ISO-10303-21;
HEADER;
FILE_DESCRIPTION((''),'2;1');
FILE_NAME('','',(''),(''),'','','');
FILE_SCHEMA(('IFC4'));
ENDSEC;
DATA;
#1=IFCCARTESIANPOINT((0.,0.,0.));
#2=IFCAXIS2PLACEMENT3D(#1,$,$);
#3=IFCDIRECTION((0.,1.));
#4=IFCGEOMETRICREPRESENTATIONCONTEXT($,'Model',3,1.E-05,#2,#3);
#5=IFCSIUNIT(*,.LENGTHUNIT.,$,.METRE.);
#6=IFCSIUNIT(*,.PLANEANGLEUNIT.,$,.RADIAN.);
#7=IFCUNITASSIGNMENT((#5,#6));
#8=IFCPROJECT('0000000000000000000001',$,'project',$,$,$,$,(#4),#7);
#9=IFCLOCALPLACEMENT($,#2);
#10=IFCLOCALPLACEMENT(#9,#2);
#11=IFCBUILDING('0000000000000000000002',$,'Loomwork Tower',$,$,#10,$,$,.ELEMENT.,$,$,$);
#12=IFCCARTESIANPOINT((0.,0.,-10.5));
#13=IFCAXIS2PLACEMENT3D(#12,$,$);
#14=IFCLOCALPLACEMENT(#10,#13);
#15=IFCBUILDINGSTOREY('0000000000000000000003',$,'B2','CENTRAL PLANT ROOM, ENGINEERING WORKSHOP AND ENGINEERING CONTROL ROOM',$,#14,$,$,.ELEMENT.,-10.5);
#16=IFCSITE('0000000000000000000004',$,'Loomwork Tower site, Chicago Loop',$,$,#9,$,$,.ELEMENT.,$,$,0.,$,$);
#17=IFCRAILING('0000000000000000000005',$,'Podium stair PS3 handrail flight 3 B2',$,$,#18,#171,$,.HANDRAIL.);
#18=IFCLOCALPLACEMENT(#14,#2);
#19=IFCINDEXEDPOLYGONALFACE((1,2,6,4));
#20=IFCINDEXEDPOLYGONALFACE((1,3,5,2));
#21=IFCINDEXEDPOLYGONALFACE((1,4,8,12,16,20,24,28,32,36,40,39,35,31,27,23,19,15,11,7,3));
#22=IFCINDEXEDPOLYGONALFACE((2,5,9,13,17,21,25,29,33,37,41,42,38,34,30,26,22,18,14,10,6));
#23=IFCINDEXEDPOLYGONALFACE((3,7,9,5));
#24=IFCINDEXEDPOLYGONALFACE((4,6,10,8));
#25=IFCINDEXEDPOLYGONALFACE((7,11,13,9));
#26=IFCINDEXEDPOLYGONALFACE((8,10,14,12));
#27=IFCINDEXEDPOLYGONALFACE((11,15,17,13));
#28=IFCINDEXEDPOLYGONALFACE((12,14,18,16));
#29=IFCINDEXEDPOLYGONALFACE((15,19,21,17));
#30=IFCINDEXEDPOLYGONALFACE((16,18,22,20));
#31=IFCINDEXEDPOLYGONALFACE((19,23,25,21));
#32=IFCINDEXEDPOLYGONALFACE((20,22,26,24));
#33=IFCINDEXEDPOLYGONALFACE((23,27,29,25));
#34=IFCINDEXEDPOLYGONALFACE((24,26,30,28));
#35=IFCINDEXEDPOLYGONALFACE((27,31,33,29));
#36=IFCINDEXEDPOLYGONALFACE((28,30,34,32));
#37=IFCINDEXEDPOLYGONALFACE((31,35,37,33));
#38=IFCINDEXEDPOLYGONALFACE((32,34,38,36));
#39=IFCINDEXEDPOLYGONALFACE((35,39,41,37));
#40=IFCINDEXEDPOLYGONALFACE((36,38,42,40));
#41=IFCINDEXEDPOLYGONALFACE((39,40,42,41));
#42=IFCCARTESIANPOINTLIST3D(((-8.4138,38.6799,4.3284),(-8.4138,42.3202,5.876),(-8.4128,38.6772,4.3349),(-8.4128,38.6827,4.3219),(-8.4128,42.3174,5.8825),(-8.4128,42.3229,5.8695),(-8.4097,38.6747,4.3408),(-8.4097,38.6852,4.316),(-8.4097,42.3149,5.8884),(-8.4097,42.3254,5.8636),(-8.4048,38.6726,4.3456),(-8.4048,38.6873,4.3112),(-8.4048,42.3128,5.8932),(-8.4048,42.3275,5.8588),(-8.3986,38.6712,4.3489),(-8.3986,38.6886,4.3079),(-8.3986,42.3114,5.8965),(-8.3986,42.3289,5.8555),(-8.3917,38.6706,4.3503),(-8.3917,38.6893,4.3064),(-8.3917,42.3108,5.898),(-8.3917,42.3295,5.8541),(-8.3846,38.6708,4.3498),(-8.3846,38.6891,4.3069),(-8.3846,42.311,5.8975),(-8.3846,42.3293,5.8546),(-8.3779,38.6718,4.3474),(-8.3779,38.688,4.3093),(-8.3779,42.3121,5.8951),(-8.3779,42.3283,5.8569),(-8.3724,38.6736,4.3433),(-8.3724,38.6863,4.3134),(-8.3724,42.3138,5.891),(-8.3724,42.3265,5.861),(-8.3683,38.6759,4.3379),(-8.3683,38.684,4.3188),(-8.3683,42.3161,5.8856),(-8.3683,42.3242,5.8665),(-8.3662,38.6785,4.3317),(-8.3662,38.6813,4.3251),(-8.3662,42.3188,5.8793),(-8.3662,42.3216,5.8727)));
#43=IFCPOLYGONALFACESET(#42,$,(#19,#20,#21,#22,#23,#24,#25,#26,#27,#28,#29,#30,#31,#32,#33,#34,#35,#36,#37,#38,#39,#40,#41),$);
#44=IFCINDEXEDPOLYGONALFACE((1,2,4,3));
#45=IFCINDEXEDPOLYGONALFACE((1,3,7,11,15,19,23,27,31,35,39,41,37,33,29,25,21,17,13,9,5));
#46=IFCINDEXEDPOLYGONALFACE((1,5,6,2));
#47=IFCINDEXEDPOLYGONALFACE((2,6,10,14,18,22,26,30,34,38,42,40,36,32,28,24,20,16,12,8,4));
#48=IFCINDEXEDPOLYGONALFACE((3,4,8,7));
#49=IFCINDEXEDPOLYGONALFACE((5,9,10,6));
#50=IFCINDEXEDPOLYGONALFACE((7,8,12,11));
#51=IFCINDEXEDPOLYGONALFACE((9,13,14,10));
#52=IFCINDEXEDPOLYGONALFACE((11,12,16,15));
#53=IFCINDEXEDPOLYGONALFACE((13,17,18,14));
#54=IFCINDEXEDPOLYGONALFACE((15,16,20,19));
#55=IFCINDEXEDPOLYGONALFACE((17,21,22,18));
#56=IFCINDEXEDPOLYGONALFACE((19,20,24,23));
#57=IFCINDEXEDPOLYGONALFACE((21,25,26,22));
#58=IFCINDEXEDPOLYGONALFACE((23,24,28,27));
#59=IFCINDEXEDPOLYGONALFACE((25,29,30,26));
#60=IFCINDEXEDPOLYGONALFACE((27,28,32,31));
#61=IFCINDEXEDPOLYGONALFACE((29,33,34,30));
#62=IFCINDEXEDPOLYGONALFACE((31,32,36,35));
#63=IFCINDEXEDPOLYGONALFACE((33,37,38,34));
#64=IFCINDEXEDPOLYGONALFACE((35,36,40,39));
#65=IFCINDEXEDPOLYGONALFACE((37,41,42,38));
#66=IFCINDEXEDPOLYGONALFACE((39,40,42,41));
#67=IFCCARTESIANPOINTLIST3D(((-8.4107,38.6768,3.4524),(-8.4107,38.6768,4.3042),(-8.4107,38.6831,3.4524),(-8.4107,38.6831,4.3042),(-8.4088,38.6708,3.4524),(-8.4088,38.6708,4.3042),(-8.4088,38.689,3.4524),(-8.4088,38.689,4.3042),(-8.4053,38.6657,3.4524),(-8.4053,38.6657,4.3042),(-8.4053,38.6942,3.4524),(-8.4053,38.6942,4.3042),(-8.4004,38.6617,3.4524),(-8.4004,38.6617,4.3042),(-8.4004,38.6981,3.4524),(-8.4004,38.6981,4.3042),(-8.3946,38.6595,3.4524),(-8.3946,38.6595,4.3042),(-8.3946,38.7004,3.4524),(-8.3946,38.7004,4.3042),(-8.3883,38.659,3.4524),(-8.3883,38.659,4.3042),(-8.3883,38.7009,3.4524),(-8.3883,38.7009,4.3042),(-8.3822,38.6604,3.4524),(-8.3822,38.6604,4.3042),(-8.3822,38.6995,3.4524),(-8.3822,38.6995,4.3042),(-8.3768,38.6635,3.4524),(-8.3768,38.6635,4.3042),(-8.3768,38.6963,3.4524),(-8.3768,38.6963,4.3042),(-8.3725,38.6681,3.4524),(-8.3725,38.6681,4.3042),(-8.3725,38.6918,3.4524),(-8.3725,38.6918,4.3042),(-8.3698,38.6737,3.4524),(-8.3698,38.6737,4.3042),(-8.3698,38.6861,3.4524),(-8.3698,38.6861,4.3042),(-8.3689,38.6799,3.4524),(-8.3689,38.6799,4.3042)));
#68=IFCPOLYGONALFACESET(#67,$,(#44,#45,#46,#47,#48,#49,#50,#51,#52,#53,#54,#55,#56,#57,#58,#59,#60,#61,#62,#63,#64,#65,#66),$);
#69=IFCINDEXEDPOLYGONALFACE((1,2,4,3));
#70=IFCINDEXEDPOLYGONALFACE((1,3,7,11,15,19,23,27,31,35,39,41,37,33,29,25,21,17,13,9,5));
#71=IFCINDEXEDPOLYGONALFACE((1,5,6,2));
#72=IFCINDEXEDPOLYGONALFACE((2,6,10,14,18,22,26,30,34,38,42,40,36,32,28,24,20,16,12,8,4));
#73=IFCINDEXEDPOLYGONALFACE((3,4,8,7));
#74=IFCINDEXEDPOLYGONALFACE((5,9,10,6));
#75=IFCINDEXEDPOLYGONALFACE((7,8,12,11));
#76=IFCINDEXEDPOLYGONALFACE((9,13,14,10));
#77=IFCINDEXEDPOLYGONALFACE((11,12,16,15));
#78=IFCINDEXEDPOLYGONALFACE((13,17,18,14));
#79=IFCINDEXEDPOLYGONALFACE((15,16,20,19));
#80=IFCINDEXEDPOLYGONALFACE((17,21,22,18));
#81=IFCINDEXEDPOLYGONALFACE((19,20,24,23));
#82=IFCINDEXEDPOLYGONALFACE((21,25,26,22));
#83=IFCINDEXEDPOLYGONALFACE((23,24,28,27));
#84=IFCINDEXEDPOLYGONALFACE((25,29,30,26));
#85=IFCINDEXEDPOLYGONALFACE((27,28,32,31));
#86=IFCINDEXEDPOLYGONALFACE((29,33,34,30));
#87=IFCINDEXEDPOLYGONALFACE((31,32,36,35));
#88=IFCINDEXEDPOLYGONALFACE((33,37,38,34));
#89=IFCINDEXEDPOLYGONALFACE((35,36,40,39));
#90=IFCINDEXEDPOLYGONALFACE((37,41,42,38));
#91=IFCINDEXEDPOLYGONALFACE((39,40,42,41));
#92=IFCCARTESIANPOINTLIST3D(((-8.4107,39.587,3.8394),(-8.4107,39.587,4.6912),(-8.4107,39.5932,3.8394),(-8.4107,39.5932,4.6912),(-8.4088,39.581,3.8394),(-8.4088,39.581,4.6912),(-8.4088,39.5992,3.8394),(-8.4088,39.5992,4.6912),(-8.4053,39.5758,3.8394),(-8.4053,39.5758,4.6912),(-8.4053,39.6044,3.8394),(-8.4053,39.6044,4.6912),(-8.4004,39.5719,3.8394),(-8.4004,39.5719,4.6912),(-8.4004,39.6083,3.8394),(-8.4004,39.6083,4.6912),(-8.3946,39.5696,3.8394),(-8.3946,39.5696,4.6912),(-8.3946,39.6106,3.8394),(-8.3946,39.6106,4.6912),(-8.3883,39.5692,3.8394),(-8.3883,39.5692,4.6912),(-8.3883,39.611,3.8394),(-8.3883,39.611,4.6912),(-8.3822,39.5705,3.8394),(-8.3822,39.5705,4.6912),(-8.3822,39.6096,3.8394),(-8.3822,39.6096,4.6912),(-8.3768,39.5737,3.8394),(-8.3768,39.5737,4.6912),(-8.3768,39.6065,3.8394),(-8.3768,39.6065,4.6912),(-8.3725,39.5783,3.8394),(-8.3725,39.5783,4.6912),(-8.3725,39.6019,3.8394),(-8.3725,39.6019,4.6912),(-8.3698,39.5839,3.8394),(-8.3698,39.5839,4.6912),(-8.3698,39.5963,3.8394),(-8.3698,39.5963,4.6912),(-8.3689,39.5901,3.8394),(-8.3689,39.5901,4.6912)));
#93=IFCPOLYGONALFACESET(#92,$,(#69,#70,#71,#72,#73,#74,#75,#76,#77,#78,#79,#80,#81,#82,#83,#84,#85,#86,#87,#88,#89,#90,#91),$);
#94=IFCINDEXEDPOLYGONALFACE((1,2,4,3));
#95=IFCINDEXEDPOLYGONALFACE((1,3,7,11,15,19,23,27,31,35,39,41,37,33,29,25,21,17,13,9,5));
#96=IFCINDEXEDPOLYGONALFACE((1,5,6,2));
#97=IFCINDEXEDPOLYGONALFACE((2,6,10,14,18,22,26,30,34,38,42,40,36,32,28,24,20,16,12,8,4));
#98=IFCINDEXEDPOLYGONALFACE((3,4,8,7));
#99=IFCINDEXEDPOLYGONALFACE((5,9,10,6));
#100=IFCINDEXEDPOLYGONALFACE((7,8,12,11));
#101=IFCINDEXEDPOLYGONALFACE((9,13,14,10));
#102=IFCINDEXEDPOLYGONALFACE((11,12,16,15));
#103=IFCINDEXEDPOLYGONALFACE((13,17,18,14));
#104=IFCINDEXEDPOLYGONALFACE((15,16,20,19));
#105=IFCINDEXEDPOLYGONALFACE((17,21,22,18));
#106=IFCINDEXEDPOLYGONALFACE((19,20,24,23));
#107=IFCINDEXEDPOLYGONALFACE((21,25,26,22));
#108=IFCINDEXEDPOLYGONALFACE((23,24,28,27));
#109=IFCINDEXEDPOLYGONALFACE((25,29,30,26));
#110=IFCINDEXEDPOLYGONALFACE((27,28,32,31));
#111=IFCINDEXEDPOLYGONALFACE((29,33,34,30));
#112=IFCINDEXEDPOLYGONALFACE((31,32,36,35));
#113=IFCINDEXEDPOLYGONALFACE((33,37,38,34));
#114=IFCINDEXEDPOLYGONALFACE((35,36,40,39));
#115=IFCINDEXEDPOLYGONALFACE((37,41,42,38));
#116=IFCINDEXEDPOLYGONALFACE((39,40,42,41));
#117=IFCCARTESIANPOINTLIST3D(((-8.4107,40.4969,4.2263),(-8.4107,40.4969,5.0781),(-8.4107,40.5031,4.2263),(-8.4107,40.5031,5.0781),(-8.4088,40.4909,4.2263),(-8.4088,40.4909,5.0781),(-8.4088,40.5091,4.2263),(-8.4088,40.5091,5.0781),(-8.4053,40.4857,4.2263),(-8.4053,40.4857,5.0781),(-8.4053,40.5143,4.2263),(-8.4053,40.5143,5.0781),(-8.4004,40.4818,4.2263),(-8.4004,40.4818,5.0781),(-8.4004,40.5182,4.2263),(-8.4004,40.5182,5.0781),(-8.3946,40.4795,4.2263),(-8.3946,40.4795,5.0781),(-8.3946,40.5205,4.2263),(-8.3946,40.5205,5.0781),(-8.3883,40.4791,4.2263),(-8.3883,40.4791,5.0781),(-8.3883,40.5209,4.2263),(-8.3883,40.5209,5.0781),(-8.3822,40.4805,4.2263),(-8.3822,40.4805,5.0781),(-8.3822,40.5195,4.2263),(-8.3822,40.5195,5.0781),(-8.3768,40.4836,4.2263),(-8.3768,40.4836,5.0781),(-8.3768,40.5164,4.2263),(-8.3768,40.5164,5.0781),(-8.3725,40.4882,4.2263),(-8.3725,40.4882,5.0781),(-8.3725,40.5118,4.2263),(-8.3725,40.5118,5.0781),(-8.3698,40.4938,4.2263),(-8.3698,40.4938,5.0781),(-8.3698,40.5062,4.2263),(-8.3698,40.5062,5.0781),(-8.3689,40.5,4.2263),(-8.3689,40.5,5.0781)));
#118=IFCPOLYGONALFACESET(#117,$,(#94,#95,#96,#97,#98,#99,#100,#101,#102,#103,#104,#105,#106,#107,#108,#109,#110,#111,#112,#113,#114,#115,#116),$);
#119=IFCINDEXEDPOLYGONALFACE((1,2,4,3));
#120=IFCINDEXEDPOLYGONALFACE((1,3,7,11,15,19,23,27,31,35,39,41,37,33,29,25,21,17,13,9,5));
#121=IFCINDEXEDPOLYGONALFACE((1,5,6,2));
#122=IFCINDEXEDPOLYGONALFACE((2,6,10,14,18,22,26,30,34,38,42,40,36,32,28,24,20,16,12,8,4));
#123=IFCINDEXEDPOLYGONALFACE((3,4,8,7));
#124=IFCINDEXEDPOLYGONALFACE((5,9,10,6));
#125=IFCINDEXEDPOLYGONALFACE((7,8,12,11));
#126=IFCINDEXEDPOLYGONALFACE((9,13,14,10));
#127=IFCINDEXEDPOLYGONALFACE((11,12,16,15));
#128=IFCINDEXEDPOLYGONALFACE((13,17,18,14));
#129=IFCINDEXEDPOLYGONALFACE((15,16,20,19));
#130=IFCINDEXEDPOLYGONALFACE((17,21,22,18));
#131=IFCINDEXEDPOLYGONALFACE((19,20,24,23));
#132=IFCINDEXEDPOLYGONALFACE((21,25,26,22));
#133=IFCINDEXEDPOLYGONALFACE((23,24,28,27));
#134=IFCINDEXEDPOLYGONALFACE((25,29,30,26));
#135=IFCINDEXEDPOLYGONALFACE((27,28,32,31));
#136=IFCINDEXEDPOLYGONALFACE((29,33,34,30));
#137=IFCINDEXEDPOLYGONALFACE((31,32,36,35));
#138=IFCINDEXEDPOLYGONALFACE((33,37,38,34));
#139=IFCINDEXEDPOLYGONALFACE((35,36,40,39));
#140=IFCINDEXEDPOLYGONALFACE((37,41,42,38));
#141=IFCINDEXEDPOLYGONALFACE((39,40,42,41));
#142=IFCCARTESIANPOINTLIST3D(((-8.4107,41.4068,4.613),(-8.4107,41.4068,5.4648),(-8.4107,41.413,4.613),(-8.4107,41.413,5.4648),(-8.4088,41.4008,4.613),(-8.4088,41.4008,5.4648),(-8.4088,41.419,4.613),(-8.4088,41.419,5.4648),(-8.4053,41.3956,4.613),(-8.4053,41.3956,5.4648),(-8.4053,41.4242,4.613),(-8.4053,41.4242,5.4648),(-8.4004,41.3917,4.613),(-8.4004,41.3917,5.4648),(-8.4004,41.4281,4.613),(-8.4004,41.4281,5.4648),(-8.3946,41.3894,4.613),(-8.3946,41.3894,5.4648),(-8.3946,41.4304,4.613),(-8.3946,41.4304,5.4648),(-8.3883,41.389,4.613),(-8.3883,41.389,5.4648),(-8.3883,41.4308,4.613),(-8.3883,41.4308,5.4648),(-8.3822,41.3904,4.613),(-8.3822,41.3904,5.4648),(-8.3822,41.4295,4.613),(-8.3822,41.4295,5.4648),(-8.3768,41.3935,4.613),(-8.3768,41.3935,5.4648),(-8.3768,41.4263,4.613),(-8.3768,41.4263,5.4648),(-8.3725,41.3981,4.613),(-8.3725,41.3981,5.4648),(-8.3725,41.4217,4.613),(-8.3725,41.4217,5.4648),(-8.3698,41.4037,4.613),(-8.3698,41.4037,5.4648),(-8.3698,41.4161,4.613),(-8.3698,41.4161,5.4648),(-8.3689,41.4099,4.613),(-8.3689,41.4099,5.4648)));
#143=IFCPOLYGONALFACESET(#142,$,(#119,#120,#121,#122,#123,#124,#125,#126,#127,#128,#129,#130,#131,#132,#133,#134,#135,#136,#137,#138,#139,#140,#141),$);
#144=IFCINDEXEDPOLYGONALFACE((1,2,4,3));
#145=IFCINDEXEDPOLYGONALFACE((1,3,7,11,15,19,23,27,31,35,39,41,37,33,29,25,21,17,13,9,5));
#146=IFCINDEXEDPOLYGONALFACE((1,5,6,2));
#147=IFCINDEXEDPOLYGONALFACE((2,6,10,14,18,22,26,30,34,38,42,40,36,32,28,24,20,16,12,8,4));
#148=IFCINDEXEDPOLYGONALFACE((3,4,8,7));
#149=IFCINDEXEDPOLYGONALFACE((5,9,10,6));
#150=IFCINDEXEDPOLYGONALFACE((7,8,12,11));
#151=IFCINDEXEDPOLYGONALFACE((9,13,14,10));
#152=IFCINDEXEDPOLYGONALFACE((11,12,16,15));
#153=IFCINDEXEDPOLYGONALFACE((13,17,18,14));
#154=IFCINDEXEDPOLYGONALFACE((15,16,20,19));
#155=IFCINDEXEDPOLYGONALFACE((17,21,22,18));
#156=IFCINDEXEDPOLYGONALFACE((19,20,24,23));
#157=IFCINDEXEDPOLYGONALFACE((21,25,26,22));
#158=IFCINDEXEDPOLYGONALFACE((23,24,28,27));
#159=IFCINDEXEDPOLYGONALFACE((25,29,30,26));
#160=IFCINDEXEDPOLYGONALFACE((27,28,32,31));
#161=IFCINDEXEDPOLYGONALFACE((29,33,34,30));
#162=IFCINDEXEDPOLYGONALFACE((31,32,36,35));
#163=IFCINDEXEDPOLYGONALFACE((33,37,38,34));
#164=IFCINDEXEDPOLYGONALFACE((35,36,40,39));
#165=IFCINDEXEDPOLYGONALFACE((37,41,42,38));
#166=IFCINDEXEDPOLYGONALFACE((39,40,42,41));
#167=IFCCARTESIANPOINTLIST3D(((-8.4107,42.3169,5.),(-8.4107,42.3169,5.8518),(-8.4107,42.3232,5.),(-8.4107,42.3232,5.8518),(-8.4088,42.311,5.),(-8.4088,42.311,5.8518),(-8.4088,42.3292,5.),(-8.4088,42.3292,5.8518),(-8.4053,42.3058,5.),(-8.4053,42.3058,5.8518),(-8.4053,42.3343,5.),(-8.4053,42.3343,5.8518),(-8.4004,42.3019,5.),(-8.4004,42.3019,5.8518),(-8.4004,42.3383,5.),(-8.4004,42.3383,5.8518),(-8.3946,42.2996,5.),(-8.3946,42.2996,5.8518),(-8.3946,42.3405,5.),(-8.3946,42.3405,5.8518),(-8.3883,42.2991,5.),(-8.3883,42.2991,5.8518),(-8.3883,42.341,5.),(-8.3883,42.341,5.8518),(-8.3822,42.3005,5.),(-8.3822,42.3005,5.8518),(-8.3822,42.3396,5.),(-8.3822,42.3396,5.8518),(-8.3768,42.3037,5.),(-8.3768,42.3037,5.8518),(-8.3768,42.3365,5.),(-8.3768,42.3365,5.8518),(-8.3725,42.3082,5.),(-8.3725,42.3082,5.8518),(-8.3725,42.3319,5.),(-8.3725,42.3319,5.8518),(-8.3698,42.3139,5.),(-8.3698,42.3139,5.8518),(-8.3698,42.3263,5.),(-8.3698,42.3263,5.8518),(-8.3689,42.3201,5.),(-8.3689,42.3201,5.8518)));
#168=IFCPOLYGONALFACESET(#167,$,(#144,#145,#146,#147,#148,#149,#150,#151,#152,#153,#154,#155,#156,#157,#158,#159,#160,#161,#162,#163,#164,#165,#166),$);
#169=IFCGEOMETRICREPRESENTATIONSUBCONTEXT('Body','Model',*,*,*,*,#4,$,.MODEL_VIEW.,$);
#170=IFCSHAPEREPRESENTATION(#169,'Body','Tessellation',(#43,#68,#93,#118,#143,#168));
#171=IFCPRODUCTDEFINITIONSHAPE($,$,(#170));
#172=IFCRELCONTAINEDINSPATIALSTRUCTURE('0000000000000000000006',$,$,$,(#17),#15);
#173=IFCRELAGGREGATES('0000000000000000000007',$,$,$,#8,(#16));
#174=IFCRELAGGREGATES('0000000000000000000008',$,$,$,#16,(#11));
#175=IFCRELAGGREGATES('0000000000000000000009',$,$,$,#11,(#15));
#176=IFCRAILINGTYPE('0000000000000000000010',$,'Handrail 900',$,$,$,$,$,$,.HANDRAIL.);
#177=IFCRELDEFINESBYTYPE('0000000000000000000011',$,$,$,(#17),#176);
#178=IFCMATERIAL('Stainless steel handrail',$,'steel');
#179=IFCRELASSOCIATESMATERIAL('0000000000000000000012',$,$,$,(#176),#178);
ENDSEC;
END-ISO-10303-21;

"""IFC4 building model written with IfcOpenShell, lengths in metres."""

from ifc_helpers import new_model, si_unit, direction, frame, origin, origin_2d, place, context, subcontext, project, spatial, circle, extrude, material, type_object, element, save


model = new_model("IFC4")

# Units and contexts
model_context = context("Model", 3, precision=1e-05, world=origin(), true_north=direction((0.0, 1.0)))
body_context = subcontext(model_context, "Body", "Model", "MODEL_VIEW")
ifc_project = project(units=[si_unit("LENGTHUNIT", "METRE"), si_unit("PLANEANGLEUNIT", "RADIAN")], contexts=[model_context])

# Site, building, storey
site_placement = place(None, origin())
site = spatial("IfcSite", under=ifc_project, at=site_placement, Name="Loomwork Tower site, Chicago Loop", CompositionType="ELEMENT", RefElevation=0.0)
building_placement = place(site_placement, origin())
building = spatial("IfcBuilding", under=site, at=building_placement, Name="Loomwork Tower", CompositionType="ELEMENT")
storey_placement = place(building_placement, frame((0.0, 0.0, -10.5)))
storey = spatial("IfcBuildingStorey", under=building, at=storey_placement, Name="B2", Description="CENTRAL PLANT ROOM, ENGINEERING WORKSHOP AND ENGINEERING CONTROL ROOM", CompositionType="ELEMENT", Elevation=-10.5)

# Railing
ifc_material_1 = material(Name="Stainless steel handrail", Category="steel")
railing_type = type_object("IfcRailingType", Name="Handrail 900", PredefinedType="HANDRAIL", material=ifc_material_1)
railing_1_placement = place(storey_placement, frame((-8.3899, 38.6799, 3.4524)))
element("IfcRailing", 1, at=railing_1_placement, inside=storey, type_object=railing_type, Name="Podium stair PS3 handrail flight 3 B2", PredefinedType="HANDRAIL", context=body_context, shape_type="SweptSolid", body=[
    extrude(circle(Radius=0.0239, at=origin_2d()), frame((0.0, 0.0, 0.876), z_axis=(0.0, 0.920281, 0.391258), x_axis=(-1.0, 0.0, 0.0)), (0.0, 0.0, 1.0), 3.9556),
    extrude(circle(Radius=0.021, at=origin_2d()), origin(), (0.0, 0.0, 1.0), 0.8518),
    extrude(circle(Radius=0.021, at=origin_2d()), frame((0.0, 0.9102, 0.387)), (0.0, 0.0, 1.0), 0.8518),
    extrude(circle(Radius=0.021, at=origin_2d()), frame((0.0, 1.8201, 0.7739)), (0.0, 0.0, 1.0), 0.8518),
    extrude(circle(Radius=0.021, at=origin_2d()), frame((0.0, 2.73, 1.1606)), (0.0, 0.0, 1.0), 0.8518),
    extrude(circle(Radius=0.021, at=origin_2d()), frame((0.0, 3.6401, 1.5476)), (0.0, 0.0, 1.0), 0.8518),
])

save(model, "model.ifc")
